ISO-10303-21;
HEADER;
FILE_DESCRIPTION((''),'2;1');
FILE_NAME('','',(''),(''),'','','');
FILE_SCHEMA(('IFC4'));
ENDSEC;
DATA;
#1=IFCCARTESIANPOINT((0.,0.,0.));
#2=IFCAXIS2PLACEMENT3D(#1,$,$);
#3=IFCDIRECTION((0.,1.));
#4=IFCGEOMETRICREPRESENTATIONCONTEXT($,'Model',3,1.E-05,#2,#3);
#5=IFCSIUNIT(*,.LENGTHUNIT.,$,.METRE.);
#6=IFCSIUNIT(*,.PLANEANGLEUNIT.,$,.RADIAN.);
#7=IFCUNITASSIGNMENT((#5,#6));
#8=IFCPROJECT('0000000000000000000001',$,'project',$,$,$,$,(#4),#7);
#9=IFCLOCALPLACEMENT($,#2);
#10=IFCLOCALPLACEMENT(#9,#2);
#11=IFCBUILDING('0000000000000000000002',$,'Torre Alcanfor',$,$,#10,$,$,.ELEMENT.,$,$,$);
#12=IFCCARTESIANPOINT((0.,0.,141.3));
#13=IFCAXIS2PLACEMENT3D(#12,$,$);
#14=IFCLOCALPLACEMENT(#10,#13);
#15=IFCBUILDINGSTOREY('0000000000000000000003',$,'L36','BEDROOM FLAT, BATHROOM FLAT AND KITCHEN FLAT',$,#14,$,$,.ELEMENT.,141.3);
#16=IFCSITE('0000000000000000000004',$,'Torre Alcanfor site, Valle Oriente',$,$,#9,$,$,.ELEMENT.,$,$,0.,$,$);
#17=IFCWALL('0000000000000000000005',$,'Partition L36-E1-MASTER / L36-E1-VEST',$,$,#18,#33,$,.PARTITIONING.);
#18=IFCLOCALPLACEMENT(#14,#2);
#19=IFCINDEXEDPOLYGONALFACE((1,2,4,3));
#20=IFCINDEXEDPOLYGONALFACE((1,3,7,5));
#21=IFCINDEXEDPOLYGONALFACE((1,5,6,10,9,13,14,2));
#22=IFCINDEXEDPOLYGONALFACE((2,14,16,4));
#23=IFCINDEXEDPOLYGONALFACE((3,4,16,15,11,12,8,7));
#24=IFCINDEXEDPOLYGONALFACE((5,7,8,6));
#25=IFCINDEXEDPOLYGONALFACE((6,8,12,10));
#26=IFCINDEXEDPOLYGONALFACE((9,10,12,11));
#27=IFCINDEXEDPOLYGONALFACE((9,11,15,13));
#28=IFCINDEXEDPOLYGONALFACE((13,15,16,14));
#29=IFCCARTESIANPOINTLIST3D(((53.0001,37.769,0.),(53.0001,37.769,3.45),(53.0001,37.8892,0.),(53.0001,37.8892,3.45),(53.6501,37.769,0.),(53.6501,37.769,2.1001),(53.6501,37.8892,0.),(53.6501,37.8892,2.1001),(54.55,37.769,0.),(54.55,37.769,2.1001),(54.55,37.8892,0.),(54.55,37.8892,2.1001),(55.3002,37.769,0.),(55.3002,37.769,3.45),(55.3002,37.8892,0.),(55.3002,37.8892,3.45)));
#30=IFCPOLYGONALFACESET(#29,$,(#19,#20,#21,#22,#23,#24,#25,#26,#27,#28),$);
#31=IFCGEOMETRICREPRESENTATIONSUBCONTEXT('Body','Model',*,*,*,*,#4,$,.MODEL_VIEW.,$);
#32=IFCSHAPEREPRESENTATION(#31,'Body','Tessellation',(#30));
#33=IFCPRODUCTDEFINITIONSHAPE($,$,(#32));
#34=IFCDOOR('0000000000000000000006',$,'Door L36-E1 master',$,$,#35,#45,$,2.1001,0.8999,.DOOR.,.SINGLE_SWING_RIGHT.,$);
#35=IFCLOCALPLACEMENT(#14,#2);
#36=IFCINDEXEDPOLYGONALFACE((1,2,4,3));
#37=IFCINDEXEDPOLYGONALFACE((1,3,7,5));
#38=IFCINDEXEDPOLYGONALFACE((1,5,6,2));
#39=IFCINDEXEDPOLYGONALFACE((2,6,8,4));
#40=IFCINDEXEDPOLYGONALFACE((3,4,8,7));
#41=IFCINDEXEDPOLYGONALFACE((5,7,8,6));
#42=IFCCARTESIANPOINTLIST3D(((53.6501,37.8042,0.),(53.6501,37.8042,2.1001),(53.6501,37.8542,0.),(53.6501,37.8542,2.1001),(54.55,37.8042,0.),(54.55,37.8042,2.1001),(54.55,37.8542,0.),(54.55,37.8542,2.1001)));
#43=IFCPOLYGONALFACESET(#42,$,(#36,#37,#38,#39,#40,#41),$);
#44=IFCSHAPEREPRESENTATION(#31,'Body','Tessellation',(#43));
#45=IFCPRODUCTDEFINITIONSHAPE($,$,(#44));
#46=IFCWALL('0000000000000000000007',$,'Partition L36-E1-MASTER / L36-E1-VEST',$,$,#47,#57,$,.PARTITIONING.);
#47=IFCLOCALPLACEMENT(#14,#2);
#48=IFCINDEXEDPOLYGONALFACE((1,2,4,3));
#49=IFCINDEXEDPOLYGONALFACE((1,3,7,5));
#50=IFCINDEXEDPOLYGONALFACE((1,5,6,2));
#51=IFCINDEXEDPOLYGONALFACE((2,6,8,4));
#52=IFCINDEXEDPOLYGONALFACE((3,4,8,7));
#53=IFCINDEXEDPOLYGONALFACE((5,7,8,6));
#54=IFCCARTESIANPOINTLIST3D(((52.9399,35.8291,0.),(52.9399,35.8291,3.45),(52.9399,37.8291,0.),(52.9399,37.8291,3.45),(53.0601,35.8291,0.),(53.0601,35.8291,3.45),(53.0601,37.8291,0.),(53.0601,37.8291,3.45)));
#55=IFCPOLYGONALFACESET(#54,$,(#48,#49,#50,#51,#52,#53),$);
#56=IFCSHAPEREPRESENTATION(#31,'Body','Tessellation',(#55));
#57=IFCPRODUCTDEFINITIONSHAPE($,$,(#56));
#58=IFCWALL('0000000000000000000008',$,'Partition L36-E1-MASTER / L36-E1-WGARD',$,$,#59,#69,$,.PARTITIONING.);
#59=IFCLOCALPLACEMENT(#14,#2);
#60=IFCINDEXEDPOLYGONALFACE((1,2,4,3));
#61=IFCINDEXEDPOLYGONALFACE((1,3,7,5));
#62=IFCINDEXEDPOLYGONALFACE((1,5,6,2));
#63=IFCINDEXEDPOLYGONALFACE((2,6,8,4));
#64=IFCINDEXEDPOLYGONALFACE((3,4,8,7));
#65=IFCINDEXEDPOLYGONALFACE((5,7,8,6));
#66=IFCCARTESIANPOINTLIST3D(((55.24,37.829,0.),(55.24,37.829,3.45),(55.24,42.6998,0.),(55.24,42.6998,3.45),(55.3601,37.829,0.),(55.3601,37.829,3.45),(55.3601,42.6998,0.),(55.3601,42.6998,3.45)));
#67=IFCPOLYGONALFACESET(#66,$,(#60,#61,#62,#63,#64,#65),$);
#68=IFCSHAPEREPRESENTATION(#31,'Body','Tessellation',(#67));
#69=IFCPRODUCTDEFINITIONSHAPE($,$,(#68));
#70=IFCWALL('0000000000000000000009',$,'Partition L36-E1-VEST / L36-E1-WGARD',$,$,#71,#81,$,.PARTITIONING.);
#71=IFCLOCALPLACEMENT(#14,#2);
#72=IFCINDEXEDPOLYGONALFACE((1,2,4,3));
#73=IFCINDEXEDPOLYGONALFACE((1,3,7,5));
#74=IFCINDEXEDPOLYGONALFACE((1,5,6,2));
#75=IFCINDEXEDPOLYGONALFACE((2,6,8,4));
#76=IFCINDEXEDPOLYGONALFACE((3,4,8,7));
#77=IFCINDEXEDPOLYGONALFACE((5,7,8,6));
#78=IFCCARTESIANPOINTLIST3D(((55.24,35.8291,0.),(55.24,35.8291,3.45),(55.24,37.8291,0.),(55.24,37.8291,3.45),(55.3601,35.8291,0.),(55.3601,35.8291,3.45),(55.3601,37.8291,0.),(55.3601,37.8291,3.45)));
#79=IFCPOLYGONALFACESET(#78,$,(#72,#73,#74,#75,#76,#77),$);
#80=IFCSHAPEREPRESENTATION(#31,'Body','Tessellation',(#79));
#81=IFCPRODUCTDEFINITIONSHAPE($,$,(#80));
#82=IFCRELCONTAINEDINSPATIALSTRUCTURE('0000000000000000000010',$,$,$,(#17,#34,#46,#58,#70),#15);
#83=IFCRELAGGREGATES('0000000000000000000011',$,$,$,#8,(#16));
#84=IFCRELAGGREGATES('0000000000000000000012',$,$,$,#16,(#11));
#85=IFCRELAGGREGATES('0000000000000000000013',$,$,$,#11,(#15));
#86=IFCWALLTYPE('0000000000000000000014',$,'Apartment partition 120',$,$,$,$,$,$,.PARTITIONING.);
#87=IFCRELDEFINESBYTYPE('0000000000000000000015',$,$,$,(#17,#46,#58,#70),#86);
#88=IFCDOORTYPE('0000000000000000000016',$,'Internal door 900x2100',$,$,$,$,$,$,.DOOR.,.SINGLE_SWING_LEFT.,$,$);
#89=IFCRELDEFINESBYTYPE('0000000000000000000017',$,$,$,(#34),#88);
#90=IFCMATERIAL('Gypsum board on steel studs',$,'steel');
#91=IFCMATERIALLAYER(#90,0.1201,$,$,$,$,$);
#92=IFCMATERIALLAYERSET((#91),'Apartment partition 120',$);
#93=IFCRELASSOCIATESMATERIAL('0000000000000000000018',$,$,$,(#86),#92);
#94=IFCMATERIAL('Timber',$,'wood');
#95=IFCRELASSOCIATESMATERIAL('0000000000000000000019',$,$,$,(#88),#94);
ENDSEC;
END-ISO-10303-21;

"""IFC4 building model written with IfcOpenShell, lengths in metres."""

from ifc_helpers import new_model, si_unit, direction, frame, frame_2d, origin, place, context, subcontext, project, spatial, rectangle, extrude, material, layer, layer_set, type_object, element, fill, save


model = new_model("IFC4")

# Units and contexts
model_context = context("Model", 3, precision=1e-05, world=origin(), true_north=direction((0.0, 1.0)))
body_context = subcontext(model_context, "Body", "Model", "MODEL_VIEW")
ifc_project = project(units=[si_unit("LENGTHUNIT", "METRE"), si_unit("PLANEANGLEUNIT", "RADIAN")], contexts=[model_context])

# Site, building, storey
site_placement = place(None, origin())
site = spatial("IfcSite", under=ifc_project, at=site_placement, Name="Torre Alcanfor site, Valle Oriente", CompositionType="ELEMENT", RefElevation=0.0)
building_placement = place(site_placement, origin())
building = spatial("IfcBuilding", under=site, at=building_placement, Name="Torre Alcanfor", CompositionType="ELEMENT")
storey_placement = place(building_placement, frame((0.0, 0.0, 141.3)))
storey = spatial("IfcBuildingStorey", under=building, at=storey_placement, Name="L36", Description="BEDROOM FLAT, BATHROOM FLAT AND KITCHEN FLAT", CompositionType="ELEMENT", Elevation=141.3)

# Wall, opening, door
ifc_material_1 = material(Name="Gypsum board on steel studs", Category="steel")
ifc_layer_1 = layer(ifc_material_1, 0.1201)
ifc_layer_set_1 = layer_set([ifc_layer_1], Name="Apartment partition 120")
wall_type_1 = type_object("IfcWallType", Name="Apartment partition 120", PredefinedType="PARTITIONING", material=ifc_layer_set_1)
ifc_material_2 = material(Name="Timber", Category="wood")
door_type_1 = type_object("IfcDoorType", Name="Internal door 900x2100", OperationType="SINGLE_SWING_LEFT", PredefinedType="DOOR", material=ifc_material_2)
wall_1_placement = place(storey_placement, frame((55.3, 37.8291, 0.0), z_axis=(0.0, 0.0, 1.0), x_axis=(-1.0, 0.0, 0.0)))
wall_1 = element("IfcWall", 1, at=wall_1_placement, inside=storey, type_object=wall_type_1, Name="Partition L36-E1-MASTER / L36-E1-VEST", PredefinedType="PARTITIONING", context=body_context, shape_type="SweptSolid", body=[
    extrude(rectangle(XDim=2.3, YDim=0.1201, at=frame_2d((1.1499, 0.0))), origin(), (0.0, 0.0, 1.0), 3.45),
])
opening_1_placement = place(wall_1_placement, frame((0.75, 0.0, 0.0)))
opening_1 = element("IfcOpeningElement", 2, at=opening_1_placement, cuts=wall_1, PredefinedType="OPENING", context=body_context, shape_type="SweptSolid", body=[
    extrude(rectangle(XDim=0.8999, YDim=2.1001, at=frame_2d((0.45, 1.05))), frame((0.0, 0.0701, 0.0), z_axis=(0.0, -1.0, 0.0), x_axis=(1.0, 0.0, 0.0)), (0.0, 0.0, 1.0), 0.1401),
])
door_1_placement = place(opening_1_placement, origin())
door_1 = element("IfcDoor", 3, at=door_1_placement, inside=storey, type_object=door_type_1, Name="Door L36-E1 master", OperationType="SINGLE_SWING_RIGHT", OverallHeight=2.1001, OverallWidth=0.8999, PredefinedType="DOOR", context=body_context, shape_type="SweptSolid", body=[
    extrude(rectangle(XDim=0.8999, YDim=2.1001, at=frame_2d((0.45, 1.05))), frame((0.0, 0.0249, 0.0), z_axis=(0.0, -1.0, 0.0), x_axis=(1.0, 0.0, 0.0)), (0.0, 0.0, 1.0), 0.05),
])
fill(opening_1, door_1)

# Walls
wall_2_placement = place(storey_placement, frame((53.0, 37.8291, 0.0), z_axis=(0.0, 0.0, 1.0), x_axis=(0.0, -1.0, 0.0)))
element("IfcWall", 4, at=wall_2_placement, inside=storey, type_object=wall_type_1, Name="Partition L36-E1-MASTER / L36-E1-VEST", PredefinedType="PARTITIONING", context=body_context, shape_type="SweptSolid", body=[
    extrude(rectangle(XDim=2.0, YDim=0.1201, at=frame_2d((1.0, 0.0))), origin(), (0.0, 0.0, 1.0), 3.45),
])
wall_3_placement = place(storey_placement, frame((55.3, 42.7, 0.0), z_axis=(0.0, 0.0, 1.0), x_axis=(0.0, -1.0, 0.0)))
element("IfcWall", 5, at=wall_3_placement, inside=storey, type_object=wall_type_1, Name="Partition L36-E1-MASTER / L36-E1-WGARD", PredefinedType="PARTITIONING", context=body_context, shape_type="SweptSolid", body=[
    extrude(rectangle(XDim=4.8708, YDim=0.1201, at=frame_2d((2.4355, 0.0))), origin(), (0.0, 0.0, 1.0), 3.45),
])
wall_4_placement = place(storey_placement, frame((55.3, 35.8291, 0.0), z_axis=(0.0, 0.0, 1.0), x_axis=(0.0, 1.0, 0.0)))
element("IfcWall", 6, at=wall_4_placement, inside=storey, type_object=wall_type_1, Name="Partition L36-E1-VEST / L36-E1-WGARD", PredefinedType="PARTITIONING", context=body_context, shape_type="SweptSolid", body=[
    extrude(rectangle(XDim=2.0, YDim=0.1201, at=frame_2d((1.0, 0.0))), origin(), (0.0, 0.0, 1.0), 3.45),
])

save(model, "model.ifc")
